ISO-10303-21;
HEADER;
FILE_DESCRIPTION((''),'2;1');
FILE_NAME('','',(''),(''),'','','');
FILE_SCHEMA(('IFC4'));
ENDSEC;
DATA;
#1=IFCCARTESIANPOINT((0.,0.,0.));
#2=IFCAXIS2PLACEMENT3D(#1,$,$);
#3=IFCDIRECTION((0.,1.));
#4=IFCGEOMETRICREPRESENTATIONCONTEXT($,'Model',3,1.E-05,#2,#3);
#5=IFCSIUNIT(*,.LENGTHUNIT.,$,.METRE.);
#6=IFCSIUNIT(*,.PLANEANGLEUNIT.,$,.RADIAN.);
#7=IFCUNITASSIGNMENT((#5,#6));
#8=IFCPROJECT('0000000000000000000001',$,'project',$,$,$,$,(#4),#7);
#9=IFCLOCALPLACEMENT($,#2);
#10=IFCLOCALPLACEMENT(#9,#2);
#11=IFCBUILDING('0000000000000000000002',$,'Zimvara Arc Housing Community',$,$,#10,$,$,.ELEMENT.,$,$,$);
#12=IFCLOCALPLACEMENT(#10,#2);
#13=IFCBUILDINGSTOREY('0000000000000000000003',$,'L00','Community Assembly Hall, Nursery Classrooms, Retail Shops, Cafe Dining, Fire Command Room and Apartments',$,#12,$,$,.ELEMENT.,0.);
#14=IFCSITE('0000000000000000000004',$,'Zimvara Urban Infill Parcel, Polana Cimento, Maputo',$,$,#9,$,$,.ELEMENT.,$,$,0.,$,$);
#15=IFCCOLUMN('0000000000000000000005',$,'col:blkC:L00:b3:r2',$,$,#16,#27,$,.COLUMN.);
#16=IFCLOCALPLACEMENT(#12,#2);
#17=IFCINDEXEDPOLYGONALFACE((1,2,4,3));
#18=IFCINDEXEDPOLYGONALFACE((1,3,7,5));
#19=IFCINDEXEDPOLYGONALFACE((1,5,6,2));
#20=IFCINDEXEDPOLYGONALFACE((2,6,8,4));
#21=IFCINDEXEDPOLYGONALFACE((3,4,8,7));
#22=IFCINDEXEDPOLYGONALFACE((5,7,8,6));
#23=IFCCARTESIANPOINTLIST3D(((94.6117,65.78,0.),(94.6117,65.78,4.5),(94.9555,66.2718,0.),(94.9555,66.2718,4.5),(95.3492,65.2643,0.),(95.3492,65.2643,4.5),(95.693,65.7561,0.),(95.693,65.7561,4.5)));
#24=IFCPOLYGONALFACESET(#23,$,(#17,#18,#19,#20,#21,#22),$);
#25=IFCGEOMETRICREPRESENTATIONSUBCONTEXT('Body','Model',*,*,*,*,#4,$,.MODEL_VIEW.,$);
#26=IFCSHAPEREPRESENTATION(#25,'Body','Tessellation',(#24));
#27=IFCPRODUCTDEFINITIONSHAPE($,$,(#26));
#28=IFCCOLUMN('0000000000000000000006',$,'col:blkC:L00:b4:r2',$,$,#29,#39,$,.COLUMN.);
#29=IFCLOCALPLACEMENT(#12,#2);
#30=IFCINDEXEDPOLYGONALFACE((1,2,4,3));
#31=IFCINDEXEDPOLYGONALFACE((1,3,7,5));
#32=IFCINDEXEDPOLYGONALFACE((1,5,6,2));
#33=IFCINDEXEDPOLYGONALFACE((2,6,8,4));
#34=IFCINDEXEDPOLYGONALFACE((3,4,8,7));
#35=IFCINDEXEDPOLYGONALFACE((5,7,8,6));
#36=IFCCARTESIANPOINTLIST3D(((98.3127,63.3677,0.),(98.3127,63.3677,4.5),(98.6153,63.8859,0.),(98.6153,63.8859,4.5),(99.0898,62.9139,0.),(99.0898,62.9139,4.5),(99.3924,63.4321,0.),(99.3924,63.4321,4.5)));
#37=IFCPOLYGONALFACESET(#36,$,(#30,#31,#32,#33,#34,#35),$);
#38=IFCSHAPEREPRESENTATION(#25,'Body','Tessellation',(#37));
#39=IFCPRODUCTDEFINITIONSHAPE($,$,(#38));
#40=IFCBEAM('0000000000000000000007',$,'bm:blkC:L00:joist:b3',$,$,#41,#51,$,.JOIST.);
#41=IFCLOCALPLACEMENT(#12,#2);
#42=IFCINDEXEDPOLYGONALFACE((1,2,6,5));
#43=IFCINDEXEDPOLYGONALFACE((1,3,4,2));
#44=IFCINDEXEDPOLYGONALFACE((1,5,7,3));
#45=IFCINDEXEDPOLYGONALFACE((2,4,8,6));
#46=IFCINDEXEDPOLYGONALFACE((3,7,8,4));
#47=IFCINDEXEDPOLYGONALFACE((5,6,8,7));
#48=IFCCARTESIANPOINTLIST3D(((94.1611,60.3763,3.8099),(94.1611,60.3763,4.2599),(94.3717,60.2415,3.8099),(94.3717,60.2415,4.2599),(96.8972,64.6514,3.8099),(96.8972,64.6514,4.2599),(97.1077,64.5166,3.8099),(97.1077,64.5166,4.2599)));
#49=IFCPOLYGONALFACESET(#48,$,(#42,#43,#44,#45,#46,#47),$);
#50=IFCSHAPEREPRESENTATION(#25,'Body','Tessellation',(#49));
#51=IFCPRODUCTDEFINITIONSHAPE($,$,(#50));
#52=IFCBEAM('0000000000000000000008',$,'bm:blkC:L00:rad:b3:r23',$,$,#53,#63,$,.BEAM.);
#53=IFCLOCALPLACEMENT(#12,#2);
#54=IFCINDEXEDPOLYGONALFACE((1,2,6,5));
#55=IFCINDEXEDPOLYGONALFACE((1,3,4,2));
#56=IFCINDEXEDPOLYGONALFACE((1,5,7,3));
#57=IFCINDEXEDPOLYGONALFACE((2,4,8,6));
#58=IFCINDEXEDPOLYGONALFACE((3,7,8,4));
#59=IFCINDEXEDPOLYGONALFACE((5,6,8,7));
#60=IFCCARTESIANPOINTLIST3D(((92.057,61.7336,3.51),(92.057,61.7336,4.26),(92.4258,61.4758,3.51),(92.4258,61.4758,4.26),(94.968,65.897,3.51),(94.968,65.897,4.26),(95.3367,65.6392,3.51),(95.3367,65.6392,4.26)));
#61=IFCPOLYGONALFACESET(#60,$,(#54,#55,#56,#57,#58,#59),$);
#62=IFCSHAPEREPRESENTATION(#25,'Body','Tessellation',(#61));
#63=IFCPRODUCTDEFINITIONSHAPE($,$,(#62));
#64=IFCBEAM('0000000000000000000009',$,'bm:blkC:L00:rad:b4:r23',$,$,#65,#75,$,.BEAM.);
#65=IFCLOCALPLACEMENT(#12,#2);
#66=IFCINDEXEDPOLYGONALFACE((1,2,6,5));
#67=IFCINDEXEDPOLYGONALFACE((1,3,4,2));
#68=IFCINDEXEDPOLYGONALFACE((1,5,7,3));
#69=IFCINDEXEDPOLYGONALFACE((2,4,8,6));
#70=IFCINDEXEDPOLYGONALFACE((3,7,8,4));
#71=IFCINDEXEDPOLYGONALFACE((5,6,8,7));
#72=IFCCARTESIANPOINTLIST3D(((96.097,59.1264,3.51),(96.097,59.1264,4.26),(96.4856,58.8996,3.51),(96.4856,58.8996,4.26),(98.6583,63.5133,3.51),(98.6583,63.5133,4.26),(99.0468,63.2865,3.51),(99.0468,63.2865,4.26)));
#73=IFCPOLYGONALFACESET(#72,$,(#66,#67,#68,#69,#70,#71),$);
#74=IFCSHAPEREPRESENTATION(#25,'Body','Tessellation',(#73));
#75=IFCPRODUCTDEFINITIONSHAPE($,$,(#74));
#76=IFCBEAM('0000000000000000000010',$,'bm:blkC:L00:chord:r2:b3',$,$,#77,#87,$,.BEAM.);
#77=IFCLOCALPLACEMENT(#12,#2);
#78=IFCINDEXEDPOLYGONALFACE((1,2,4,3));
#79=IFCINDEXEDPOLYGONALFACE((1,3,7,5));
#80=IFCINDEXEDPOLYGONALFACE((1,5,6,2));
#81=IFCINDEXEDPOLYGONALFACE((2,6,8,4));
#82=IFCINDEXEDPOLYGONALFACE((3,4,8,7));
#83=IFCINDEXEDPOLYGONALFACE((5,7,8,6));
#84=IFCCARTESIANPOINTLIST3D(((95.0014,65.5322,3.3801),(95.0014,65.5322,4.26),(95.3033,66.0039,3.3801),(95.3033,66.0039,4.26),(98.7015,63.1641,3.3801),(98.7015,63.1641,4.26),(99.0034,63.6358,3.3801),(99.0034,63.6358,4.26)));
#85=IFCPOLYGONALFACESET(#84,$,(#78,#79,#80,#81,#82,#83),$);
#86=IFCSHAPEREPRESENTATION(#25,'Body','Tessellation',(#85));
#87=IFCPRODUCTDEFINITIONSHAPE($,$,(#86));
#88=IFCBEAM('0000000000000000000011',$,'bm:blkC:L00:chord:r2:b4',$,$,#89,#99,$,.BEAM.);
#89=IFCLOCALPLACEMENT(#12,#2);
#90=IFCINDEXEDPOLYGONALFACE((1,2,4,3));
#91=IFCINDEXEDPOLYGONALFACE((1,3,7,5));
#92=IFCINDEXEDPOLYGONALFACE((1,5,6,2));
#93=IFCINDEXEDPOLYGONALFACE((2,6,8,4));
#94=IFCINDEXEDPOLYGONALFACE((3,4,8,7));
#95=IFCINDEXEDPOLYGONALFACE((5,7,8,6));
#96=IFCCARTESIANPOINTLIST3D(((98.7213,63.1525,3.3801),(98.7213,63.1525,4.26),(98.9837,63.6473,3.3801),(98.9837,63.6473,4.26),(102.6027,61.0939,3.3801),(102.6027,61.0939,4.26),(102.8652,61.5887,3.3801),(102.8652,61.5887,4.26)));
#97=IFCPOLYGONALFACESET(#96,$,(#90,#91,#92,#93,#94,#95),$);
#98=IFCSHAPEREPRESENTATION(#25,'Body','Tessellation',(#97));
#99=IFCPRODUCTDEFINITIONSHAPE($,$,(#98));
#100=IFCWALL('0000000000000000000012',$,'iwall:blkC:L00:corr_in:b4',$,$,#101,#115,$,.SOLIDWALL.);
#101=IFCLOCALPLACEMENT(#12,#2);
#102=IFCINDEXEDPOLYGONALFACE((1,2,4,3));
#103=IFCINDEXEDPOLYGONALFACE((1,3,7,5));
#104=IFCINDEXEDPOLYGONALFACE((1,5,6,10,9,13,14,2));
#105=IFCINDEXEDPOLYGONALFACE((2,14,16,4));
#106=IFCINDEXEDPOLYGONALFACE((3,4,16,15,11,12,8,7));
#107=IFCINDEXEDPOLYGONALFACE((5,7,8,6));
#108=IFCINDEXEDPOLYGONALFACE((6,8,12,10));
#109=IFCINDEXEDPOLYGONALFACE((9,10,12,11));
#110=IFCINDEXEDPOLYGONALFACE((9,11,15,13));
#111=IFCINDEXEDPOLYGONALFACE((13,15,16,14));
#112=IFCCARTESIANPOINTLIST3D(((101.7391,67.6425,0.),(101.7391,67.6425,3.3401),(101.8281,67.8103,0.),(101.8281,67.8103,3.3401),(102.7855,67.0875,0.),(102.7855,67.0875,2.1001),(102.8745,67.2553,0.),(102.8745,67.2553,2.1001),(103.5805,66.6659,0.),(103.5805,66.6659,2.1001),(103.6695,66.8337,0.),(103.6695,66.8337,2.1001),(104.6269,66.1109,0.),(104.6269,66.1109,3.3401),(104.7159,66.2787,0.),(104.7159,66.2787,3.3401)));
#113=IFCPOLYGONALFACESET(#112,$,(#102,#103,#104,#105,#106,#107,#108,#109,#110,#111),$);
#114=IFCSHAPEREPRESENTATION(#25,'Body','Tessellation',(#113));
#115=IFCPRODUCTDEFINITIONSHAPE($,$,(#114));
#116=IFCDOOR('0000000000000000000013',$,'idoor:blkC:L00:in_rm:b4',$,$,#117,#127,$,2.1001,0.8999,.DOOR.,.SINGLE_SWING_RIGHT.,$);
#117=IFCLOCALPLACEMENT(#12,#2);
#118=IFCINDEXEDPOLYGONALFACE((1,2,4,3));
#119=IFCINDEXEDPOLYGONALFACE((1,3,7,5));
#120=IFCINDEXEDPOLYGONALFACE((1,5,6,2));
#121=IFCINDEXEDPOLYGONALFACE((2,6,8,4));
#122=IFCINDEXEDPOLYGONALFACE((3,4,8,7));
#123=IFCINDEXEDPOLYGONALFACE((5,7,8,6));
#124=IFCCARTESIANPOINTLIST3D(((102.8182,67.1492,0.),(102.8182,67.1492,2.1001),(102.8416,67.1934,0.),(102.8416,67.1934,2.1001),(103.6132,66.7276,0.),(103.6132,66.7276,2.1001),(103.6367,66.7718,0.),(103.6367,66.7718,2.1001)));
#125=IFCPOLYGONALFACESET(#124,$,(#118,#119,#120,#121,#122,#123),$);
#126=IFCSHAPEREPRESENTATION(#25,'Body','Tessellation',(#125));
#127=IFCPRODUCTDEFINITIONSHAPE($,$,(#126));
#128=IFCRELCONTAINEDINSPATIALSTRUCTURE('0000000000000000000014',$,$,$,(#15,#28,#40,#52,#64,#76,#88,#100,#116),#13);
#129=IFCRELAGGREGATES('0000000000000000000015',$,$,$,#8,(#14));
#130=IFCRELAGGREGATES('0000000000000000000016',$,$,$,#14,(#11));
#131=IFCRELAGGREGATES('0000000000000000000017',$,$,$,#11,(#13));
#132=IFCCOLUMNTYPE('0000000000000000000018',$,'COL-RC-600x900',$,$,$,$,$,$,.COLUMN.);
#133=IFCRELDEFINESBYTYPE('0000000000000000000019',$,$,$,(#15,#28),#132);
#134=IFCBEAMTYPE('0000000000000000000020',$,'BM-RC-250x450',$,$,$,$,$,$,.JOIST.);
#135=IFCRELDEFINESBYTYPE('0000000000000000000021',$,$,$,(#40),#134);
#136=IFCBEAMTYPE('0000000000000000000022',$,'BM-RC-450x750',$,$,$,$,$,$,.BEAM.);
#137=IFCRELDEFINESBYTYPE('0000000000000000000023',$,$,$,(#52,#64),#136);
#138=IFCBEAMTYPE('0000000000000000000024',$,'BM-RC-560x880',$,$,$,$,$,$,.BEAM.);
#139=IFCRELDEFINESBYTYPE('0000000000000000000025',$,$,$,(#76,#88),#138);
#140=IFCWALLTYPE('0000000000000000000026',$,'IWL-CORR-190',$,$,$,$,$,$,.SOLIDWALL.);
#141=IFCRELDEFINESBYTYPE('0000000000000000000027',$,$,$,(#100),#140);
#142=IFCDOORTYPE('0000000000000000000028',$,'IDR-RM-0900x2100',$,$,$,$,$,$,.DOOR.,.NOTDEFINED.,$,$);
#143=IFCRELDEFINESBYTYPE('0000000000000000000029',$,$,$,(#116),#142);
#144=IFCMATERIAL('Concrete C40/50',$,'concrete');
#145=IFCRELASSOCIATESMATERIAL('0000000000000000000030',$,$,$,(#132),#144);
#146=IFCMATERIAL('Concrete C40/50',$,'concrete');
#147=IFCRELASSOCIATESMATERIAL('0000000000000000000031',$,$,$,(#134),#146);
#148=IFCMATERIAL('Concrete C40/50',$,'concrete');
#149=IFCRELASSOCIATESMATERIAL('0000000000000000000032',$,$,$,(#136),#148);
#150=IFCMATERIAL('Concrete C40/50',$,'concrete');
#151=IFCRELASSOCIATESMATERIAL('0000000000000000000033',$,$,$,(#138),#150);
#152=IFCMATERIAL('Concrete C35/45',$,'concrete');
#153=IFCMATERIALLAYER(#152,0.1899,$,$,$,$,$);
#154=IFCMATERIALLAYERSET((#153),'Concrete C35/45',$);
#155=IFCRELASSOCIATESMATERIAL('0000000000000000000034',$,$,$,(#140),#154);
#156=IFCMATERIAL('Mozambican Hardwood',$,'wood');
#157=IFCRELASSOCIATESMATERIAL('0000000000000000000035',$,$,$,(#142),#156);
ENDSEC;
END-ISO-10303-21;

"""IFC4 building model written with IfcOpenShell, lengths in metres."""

from ifc_helpers import new_model, si_unit, direction, frame, frame_2d, origin, origin_2d, place, context, subcontext, project, spatial, rectangle, extrude, material, layer, layer_set, material_profile, profile_set, type_object, element, fill, save


model = new_model("IFC4")

# Units and contexts
model_context = context("Model", 3, precision=1e-05, world=origin(), true_north=direction((0.0, 1.0)))
body_context = subcontext(model_context, "Body", "Model", "MODEL_VIEW")
ifc_project = project(units=[si_unit("LENGTHUNIT", "METRE"), si_unit("PLANEANGLEUNIT", "RADIAN")], contexts=[model_context])

# Site, building, storey
site_placement = place(None, origin())
site = spatial("IfcSite", under=ifc_project, at=site_placement, Name="Zimvara Urban Infill Parcel, Polana Cimento, Maputo", CompositionType="ELEMENT", RefElevation=0.0)
building_placement = place(site_placement, origin())
building = spatial("IfcBuilding", under=site, at=building_placement, Name="Zimvara Arc Housing Community", CompositionType="ELEMENT")
storey_placement = place(building_placement, origin())
storey = spatial("IfcBuildingStorey", under=building, at=storey_placement, Name="L00", Description="Community Assembly Hall, Nursery Classrooms, Retail Shops, Cafe Dining, Fire Command Room and Apartments", CompositionType="ELEMENT", Elevation=0.0)

# Columns
ifc_material_1 = material(Name="Concrete C40/50", Category="concrete")
ifc_material_profile_1 = material_profile(ifc_material_1, rectangle(XDim=0.6001, YDim=0.8999, at=origin_2d()), Name="RC 600x900")
ifc_profile_set_1 = profile_set([ifc_material_profile_1], Name="Concrete C40/50")
column_type = type_object("IfcColumnType", Name="COL-RC-600x900", PredefinedType="COLUMN", material=ifc_profile_set_1)
for number, where, z_axis, x_axis, name in (
    (1, (95.1523, 65.7681, 0.0), (0.0, 0.0, 1.0), (-0.573004, -0.819552, 0.0), "col:blkC:L00:b3:r2"),
    (2, (98.8525, 63.3999, 0.0), (0.0, 0.0, 1.0), (-0.504226, -0.863572, 0.0), "col:blkC:L00:b4:r2"),
):
    element("IfcColumn", number, at=place(storey_placement, frame(where, z_axis=z_axis, x_axis=x_axis)), inside=storey, type_object=column_type, Name=name, PredefinedType="COLUMN", context=body_context, shape_type="SweptSolid", body=[
        extrude(rectangle(XDim=0.6001, YDim=0.8999, at=origin_2d()), origin(), (0.0, 0.0, 1.0), 4.5),
    ])

# Beams
ifc_material_2 = material(Name="Concrete C40/50", Category="concrete")
ifc_material_profile_2 = material_profile(ifc_material_2, rectangle(XDim=0.25, YDim=0.45, at=origin_2d()), Name="RC 250x450")
ifc_profile_set_2 = profile_set([ifc_material_profile_2], Name="Concrete C40/50")
beam_type_1 = type_object("IfcBeamType", Name="BM-RC-250x450", PredefinedType="JOIST", material=ifc_profile_set_2)
beam_1_placement = place(storey_placement, frame((97.0024, 64.584, 4.0349), z_axis=(-0.539052, -0.842272, 0.0), x_axis=(0.842272, -0.539052, 0.0)))
element("IfcBeam", 3, at=beam_1_placement, inside=storey, type_object=beam_type_1, Name="bm:blkC:L00:joist:b3", PredefinedType="JOIST", context=body_context, shape_type="SweptSolid", body=[
    extrude(rectangle(XDim=0.25, YDim=0.45, at=origin_2d()), origin(), (0.0, 0.0, 1.0), 5.0757),
])
ifc_material_3 = material(Name="Concrete C40/50", Category="concrete")
ifc_material_profile_3 = material_profile(ifc_material_3, rectangle(XDim=0.45, YDim=0.75, at=origin_2d()), Name="RC 450x750")
ifc_profile_set_3 = profile_set([ifc_material_profile_3], Name="Concrete C40/50")
beam_type_2 = type_object("IfcBeamType", Name="BM-RC-450x750", PredefinedType="BEAM", material=ifc_profile_set_3)
beam_2_placement = place(storey_placement, frame((95.1523, 65.7681, 3.885), z_axis=(-0.573007, -0.81955, 0.0), x_axis=(0.81955, -0.573007, 0.0)))
element("IfcBeam", 4, at=beam_2_placement, inside=storey, type_object=beam_type_2, Name="bm:blkC:L00:rad:b3:r23", PredefinedType="BEAM", context=body_context, shape_type="SweptSolid", body=[
    extrude(rectangle(XDim=0.45, YDim=0.75, at=origin_2d()), origin(), (0.0, 0.0, 1.0), 5.0801),
])
beam_3_placement = place(storey_placement, frame((98.8525, 63.3999, 3.885), z_axis=(-0.504197, -0.863589, 0.0), x_axis=(0.863589, -0.504197, 0.0)))
element("IfcBeam", 5, at=beam_3_placement, inside=storey, type_object=beam_type_2, Name="bm:blkC:L00:rad:b4:r23", PredefinedType="BEAM", context=body_context, shape_type="SweptSolid", body=[
    extrude(rectangle(XDim=0.45, YDim=0.75, at=origin_2d()), origin(), (0.0, 0.0, 1.0), 5.0798),
])
ifc_material_4 = material(Name="Concrete C40/50", Category="concrete")
ifc_material_profile_4 = material_profile(ifc_material_4, rectangle(XDim=0.5601, YDim=0.8799, at=origin_2d()), Name="RC 560x880")
ifc_profile_set_4 = profile_set([ifc_material_profile_4], Name="Concrete C40/50")
beam_type_3 = type_object("IfcBeamType", Name="BM-RC-560x880", PredefinedType="BEAM", material=ifc_profile_set_4)
beam_4_placement = place(storey_placement, frame((95.1523, 65.7681, 3.8201), z_axis=(0.842267, -0.53906, 0.0), x_axis=(0.53906, 0.842267, 0.0)))
element("IfcBeam", 6, at=beam_4_placement, inside=storey, type_object=beam_type_3, Name="bm:blkC:L00:chord:r2:b3", PredefinedType="BEAM", context=body_context, shape_type="SweptSolid", body=[
    extrude(rectangle(XDim=0.5601, YDim=0.8799, at=origin_2d()), origin(), (0.0, 0.0, 1.0), 4.3931),
])
beam_5_placement = place(storey_placement, frame((98.8525, 63.3999, 3.8201), z_axis=(0.883434, -0.468557, 0.0), x_axis=(0.468557, 0.883434, 0.0)))
element("IfcBeam", 7, at=beam_5_placement, inside=storey, type_object=beam_type_3, Name="bm:blkC:L00:chord:r2:b4", PredefinedType="BEAM", context=body_context, shape_type="SweptSolid", body=[
    extrude(rectangle(XDim=0.5601, YDim=0.8799, at=origin_2d()), origin(), (0.0, 0.0, 1.0), 4.3936),
])

# Wall, opening, door
ifc_material_5 = material(Name="Concrete C35/45", Category="concrete")
ifc_layer_1 = layer(ifc_material_5, 0.1899)
ifc_layer_set_1 = layer_set([ifc_layer_1], Name="Concrete C35/45")
wall_type_1 = type_object("IfcWallType", Name="IWL-CORR-190", PredefinedType="SOLIDWALL", material=ifc_layer_set_1)
wall_1_placement = place(storey_placement, frame((101.7837, 67.7263, 0.0), z_axis=(0.0, 0.0, 1.0), x_axis=(0.883444, -0.468536, 0.0)))
wall_1 = element("IfcWall", 8, at=wall_1_placement, inside=storey, type_object=wall_type_1, Name="iwall:blkC:L00:corr_in:b4", PredefinedType="SOLIDWALL", context=body_context, shape_type="SweptSolid", body=[
    extrude(rectangle(XDim=3.2688, YDim=0.1899, at=frame_2d((1.6343, 0.0))), origin(), (0.0, 0.0, 1.0), 3.3401),
])
opening_1_placement = place(wall_1_placement, frame((1.1843, 0.0, 0.0)))
opening_1 = element("IfcOpeningElement", 9, at=opening_1_placement, cuts=wall_1, PredefinedType="OPENING", context=body_context, shape_type="SweptSolid", body=[
    extrude(rectangle(XDim=0.8999, YDim=2.1001, at=frame_2d((0.45, 1.05))), frame((0.0, 0.105, 0.0), z_axis=(0.0, -1.0, 0.0), x_axis=(1.0, 0.0, 0.0)), (0.0, 0.0, 1.0), 0.21),
])
ifc_material_6 = material(Name="Mozambican Hardwood", Category="wood")
door_type_1 = type_object("IfcDoorType", Name="IDR-RM-0900x2100", OperationType="NOTDEFINED", PredefinedType="DOOR", material=ifc_material_6)
door_1_placement = place(opening_1_placement, origin())
door_1 = element("IfcDoor", 10, at=door_1_placement, inside=storey, type_object=door_type_1, Name="idoor:blkC:L00:in_rm:b4", OperationType="SINGLE_SWING_RIGHT", OverallHeight=2.1001, OverallWidth=0.8999, PredefinedType="DOOR", context=body_context, shape_type="SweptSolid", body=[
    extrude(rectangle(XDim=0.8999, YDim=2.1001, at=frame_2d((0.45, 1.05))), frame((0.0, 0.0249, 0.0), z_axis=(0.0, -1.0, 0.0), x_axis=(1.0, 0.0, 0.0)), (0.0, 0.0, 1.0), 0.05),
])
fill(opening_1, door_1)

save(model, "model.ifc")
